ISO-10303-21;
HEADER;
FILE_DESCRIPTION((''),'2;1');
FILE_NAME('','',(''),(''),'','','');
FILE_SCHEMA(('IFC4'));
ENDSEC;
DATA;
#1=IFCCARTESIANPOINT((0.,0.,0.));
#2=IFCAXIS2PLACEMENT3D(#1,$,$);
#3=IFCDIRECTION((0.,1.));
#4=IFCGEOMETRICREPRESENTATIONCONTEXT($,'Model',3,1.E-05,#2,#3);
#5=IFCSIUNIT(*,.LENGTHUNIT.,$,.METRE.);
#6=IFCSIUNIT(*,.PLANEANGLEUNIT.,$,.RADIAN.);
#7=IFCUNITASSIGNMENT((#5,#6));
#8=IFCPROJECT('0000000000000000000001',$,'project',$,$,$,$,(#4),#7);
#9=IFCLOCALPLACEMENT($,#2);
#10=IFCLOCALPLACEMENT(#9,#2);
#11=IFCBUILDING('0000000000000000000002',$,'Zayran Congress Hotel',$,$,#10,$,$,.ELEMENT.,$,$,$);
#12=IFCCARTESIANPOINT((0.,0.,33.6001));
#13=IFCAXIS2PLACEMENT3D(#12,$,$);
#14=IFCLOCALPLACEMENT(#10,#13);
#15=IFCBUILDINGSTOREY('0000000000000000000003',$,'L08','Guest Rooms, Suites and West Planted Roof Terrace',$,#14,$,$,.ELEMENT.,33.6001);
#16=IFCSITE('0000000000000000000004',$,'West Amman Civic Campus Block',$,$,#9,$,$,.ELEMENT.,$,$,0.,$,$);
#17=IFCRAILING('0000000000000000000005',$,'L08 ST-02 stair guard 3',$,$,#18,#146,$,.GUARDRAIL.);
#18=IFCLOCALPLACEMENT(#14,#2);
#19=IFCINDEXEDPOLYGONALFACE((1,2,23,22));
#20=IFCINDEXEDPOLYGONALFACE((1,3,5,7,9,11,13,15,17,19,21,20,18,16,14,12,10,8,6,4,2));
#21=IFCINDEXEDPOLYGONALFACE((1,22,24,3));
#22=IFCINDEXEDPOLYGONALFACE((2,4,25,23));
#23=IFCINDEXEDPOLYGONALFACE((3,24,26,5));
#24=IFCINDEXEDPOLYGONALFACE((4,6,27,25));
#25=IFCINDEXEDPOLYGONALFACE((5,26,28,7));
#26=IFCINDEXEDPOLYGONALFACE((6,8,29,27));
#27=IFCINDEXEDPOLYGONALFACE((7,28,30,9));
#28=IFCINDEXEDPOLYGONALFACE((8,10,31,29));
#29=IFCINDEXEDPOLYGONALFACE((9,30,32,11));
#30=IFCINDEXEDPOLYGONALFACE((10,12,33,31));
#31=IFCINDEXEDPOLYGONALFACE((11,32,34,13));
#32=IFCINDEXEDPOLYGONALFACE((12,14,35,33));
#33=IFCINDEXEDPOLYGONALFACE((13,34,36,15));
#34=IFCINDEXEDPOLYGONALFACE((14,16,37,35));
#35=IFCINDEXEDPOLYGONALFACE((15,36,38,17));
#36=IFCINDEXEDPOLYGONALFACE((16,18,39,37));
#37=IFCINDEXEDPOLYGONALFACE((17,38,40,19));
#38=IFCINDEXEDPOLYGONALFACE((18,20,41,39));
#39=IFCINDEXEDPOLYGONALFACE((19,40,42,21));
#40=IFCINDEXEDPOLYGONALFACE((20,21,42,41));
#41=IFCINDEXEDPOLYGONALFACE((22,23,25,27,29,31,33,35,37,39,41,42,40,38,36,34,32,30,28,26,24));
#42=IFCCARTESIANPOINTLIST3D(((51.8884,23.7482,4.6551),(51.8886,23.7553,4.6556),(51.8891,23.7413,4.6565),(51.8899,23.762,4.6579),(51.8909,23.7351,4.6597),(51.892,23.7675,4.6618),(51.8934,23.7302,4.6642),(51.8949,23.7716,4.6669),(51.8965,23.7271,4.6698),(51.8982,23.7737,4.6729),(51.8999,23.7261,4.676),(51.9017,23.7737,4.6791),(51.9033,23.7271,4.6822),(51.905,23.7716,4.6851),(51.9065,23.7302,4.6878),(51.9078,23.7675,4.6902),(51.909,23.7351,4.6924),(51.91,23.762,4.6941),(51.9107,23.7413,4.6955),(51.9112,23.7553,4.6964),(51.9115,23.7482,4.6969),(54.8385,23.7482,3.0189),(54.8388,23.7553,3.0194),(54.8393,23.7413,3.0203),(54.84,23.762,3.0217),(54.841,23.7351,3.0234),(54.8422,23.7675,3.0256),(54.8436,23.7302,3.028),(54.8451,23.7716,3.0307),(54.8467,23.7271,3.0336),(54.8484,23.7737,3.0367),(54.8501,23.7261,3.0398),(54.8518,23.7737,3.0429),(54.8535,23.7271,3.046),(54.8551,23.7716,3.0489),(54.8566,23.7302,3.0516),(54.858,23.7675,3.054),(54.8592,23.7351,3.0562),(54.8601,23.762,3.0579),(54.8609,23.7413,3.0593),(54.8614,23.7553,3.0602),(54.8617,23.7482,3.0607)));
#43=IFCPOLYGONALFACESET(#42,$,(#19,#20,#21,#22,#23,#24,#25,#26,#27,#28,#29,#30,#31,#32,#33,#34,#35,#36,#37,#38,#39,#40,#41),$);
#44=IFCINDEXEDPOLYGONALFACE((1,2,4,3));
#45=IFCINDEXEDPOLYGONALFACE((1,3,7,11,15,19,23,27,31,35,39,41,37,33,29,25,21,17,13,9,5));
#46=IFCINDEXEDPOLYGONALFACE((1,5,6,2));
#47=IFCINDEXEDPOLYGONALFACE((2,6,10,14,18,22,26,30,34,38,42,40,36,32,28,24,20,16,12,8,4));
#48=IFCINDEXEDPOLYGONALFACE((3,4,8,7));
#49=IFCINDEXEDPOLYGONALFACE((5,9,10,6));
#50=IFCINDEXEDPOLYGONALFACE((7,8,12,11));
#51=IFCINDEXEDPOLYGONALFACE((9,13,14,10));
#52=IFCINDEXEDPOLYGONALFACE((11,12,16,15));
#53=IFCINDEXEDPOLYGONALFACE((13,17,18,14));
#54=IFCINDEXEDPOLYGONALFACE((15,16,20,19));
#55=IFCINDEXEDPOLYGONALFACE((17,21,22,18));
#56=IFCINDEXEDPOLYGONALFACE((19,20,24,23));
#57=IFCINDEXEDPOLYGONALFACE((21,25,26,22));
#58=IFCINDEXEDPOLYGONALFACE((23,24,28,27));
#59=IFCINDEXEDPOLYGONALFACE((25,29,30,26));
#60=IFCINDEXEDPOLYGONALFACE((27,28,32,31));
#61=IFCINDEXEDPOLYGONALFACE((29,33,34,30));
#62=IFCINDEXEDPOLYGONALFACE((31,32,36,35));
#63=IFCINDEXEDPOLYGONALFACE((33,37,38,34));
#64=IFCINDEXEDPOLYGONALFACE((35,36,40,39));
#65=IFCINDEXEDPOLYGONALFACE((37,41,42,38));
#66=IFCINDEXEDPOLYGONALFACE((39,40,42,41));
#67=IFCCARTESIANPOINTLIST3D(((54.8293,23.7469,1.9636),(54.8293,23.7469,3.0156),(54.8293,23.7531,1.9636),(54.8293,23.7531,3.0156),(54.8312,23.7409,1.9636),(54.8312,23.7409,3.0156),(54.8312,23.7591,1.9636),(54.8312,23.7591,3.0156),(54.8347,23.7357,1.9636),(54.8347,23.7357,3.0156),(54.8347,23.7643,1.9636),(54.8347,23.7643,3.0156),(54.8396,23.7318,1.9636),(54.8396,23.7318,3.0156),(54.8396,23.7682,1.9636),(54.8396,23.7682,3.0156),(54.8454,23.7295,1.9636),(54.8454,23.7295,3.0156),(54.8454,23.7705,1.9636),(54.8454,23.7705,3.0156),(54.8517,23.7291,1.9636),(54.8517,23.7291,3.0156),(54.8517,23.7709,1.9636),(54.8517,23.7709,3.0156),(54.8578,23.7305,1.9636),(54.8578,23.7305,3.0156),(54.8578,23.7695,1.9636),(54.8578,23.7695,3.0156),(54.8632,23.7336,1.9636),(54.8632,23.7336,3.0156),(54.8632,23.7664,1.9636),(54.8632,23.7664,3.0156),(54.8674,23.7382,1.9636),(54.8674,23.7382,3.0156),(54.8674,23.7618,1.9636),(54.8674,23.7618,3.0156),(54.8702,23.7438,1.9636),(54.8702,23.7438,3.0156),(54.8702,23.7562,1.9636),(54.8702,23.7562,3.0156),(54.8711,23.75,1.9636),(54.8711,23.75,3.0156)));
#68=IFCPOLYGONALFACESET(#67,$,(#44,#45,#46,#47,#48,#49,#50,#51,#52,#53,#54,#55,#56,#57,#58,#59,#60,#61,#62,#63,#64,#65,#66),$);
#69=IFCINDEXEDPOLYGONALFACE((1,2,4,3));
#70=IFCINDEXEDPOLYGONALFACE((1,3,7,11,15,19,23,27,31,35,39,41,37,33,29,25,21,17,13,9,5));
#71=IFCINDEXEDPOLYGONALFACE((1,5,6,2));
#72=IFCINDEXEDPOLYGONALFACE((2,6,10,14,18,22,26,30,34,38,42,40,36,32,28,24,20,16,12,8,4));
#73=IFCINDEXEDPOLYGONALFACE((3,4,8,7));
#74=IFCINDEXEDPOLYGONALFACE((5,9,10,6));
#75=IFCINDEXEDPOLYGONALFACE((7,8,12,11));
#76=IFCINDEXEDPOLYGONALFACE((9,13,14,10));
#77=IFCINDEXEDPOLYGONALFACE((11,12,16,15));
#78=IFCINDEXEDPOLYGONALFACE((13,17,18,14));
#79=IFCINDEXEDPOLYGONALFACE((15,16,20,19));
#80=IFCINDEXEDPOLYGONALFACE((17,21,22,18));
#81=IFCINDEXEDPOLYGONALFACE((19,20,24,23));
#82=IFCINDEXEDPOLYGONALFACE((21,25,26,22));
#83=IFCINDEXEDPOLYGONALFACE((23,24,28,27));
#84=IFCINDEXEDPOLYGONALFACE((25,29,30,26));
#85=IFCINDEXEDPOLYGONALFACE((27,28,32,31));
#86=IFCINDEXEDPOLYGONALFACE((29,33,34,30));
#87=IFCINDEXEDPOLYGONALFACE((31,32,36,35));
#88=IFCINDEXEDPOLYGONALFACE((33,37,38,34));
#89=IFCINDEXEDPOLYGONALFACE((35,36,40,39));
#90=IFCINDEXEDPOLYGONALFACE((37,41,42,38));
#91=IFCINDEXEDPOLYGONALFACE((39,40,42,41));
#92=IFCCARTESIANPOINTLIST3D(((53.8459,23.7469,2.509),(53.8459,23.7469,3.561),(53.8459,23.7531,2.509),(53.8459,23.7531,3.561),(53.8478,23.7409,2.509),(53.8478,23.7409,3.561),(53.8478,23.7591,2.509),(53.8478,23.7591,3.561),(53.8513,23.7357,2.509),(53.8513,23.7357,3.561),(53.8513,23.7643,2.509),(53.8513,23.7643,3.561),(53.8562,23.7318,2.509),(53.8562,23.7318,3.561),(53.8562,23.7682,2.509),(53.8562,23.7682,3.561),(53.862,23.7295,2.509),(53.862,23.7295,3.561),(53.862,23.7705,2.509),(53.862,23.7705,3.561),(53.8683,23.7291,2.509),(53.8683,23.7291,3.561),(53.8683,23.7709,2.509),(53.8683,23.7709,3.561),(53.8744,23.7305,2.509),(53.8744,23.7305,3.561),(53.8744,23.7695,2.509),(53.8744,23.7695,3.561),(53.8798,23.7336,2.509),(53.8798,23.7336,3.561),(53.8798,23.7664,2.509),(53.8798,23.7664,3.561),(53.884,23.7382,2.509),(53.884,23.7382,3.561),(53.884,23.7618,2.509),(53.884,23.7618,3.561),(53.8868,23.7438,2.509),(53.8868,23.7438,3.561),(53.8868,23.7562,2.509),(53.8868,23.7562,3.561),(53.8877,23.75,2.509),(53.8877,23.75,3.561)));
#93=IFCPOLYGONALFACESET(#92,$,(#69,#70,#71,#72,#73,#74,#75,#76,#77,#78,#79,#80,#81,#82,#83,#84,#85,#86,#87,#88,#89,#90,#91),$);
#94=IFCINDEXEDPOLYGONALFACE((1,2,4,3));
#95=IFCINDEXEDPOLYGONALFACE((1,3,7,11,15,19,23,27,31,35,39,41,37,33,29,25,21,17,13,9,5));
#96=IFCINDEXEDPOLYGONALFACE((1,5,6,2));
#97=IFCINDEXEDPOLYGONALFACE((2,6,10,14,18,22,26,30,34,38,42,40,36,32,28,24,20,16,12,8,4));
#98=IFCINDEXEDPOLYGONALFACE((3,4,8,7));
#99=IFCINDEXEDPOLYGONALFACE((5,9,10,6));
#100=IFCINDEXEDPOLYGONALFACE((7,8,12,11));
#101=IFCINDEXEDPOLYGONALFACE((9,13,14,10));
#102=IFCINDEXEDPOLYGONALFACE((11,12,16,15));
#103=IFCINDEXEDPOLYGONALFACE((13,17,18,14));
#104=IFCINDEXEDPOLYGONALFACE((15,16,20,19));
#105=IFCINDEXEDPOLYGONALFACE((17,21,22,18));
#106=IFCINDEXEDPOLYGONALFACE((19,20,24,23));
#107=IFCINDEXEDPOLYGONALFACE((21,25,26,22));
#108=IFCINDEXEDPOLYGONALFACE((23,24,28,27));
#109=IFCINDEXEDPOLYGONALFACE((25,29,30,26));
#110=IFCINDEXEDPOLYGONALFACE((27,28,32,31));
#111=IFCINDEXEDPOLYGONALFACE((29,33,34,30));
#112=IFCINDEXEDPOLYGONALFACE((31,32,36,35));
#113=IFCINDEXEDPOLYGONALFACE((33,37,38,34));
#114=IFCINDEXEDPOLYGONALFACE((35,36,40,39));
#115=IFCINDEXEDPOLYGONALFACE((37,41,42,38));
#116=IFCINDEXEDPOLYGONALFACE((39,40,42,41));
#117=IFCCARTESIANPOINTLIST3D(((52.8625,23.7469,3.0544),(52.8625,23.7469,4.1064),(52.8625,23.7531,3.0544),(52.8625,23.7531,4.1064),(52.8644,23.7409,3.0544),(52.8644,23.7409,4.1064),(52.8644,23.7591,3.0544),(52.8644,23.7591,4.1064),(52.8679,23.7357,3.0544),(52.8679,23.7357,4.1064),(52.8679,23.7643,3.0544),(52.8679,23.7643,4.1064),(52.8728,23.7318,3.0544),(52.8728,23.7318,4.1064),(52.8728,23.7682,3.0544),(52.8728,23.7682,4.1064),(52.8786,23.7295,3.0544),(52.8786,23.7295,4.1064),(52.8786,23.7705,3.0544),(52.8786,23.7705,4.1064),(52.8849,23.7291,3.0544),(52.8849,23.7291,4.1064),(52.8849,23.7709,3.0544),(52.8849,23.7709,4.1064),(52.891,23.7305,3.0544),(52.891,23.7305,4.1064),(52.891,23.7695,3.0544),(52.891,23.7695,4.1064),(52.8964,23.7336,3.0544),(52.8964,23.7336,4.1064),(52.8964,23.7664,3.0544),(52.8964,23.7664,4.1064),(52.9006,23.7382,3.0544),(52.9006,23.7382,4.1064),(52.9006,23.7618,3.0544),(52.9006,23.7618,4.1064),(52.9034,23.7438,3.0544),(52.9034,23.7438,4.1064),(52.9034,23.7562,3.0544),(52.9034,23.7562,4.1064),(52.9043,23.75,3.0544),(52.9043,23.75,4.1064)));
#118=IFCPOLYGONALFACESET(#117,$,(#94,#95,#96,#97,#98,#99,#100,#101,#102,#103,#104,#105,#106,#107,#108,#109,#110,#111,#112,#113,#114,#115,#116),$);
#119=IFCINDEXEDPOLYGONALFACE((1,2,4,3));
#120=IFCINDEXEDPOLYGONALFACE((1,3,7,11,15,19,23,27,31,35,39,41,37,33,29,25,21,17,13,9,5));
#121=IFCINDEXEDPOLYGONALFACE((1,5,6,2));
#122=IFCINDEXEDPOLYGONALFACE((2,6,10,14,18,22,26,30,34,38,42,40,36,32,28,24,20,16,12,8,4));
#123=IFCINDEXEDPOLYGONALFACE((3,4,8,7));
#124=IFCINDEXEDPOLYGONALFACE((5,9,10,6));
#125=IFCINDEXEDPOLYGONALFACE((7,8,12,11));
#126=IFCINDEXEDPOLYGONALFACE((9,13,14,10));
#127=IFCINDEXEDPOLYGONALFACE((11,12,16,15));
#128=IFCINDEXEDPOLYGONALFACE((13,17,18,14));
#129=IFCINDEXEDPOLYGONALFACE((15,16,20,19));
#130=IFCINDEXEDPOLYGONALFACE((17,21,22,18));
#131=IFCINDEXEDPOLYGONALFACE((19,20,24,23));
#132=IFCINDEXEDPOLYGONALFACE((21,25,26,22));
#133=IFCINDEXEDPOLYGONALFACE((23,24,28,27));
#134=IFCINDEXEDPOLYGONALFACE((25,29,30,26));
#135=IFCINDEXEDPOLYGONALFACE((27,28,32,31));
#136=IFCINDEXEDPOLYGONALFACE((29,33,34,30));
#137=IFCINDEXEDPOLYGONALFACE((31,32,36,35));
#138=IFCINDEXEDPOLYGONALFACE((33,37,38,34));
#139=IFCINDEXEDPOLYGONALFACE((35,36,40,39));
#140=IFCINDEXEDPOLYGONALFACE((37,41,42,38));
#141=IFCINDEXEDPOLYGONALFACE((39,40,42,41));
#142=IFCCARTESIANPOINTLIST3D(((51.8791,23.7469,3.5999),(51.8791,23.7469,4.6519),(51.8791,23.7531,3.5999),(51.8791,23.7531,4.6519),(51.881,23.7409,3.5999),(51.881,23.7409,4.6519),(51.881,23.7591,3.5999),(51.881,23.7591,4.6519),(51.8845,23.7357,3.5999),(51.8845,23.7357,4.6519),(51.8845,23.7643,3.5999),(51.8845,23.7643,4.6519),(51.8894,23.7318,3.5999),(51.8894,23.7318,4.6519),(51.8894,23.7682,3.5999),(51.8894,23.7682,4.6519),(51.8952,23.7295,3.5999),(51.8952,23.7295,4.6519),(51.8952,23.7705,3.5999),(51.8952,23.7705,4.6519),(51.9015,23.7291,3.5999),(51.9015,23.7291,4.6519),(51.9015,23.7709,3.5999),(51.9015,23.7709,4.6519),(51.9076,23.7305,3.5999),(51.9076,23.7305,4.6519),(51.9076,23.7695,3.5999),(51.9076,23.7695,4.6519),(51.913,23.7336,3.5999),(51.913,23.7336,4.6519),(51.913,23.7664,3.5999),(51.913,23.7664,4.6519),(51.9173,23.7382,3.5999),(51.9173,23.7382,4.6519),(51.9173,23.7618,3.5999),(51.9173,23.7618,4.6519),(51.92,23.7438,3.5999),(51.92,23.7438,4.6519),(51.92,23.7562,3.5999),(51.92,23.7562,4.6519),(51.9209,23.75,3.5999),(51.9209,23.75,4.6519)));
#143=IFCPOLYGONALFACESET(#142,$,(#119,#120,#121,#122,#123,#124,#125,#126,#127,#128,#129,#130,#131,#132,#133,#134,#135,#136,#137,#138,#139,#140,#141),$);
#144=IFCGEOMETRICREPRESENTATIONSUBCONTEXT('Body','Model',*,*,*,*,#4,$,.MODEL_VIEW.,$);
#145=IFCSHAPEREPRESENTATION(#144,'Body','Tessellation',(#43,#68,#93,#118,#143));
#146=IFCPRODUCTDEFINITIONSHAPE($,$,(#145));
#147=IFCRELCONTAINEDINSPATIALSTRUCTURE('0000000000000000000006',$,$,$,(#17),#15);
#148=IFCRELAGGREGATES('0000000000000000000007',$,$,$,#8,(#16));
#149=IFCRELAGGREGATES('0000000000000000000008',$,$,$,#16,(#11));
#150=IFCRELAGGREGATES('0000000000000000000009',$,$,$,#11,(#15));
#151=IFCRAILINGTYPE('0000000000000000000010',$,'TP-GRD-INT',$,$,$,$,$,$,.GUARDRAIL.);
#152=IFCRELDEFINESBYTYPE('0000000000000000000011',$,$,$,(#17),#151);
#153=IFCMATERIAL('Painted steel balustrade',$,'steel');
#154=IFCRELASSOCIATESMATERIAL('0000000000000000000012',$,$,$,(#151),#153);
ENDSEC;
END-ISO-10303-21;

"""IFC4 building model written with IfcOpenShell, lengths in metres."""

from ifc_helpers import new_model, si_unit, direction, frame, origin, origin_2d, place, context, subcontext, project, spatial, circle, extrude, material, type_object, element, save


model = new_model("IFC4")

# Units and contexts
model_context = context("Model", 3, precision=1e-05, world=origin(), true_north=direction((0.0, 1.0)))
body_context = subcontext(model_context, "Body", "Model", "MODEL_VIEW")
ifc_project = project(units=[si_unit("LENGTHUNIT", "METRE"), si_unit("PLANEANGLEUNIT", "RADIAN")], contexts=[model_context])

# Site, building, storey
site_placement = place(None, origin())
site = spatial("IfcSite", under=ifc_project, at=site_placement, Name="West Amman Civic Campus Block", CompositionType="ELEMENT", RefElevation=0.0)
building_placement = place(site_placement, origin())
building = spatial("IfcBuilding", under=site, at=building_placement, Name="Zayran Congress Hotel", CompositionType="ELEMENT")
storey_placement = place(building_placement, frame((0.0, 0.0, 33.6001)))
storey = spatial("IfcBuildingStorey", under=building, at=storey_placement, Name="L08", Description="Guest Rooms, Suites and West Planted Roof Terrace", CompositionType="ELEMENT", Elevation=33.6001)

# Railing
ifc_material_1 = material(Name="Painted steel balustrade", Category="steel")
railing_type_1 = type_object("IfcRailingType", Name="TP-GRD-INT", PredefinedType="GUARDRAIL", material=ifc_material_1)
railing_1_placement = place(storey_placement, frame((54.8501, 23.75, 1.9636)))
element("IfcRailing", 1, at=railing_1_placement, inside=storey, type_object=railing_type_1, Name="L08 ST-02 stair guard 3", PredefinedType="GUARDRAIL", context=body_context, shape_type="SweptSolid", body=[
    extrude(circle(Radius=0.0239, at=origin_2d()), frame((0.0, 0.0, 1.0762), z_axis=(-0.874505, 0.0, 0.485016), x_axis=(0.0, -1.0, 0.0)), (0.0, 0.0, 1.0), 3.3735),
    extrude(circle(Radius=0.021, at=origin_2d()), origin(), (0.0, 0.0, 1.0), 1.052),
    extrude(circle(Radius=0.021, at=origin_2d()), frame((-0.9834, 0.0, 0.5454)), (0.0, 0.0, 1.0), 1.052),
    extrude(circle(Radius=0.021, at=origin_2d()), frame((-1.9668, 0.0, 1.0908)), (0.0, 0.0, 1.0), 1.052),
    extrude(circle(Radius=0.021, at=origin_2d()), frame((-2.9502, 0.0, 1.6362)), (0.0, 0.0, 1.0), 1.052),
])

save(model, "model.ifc")
